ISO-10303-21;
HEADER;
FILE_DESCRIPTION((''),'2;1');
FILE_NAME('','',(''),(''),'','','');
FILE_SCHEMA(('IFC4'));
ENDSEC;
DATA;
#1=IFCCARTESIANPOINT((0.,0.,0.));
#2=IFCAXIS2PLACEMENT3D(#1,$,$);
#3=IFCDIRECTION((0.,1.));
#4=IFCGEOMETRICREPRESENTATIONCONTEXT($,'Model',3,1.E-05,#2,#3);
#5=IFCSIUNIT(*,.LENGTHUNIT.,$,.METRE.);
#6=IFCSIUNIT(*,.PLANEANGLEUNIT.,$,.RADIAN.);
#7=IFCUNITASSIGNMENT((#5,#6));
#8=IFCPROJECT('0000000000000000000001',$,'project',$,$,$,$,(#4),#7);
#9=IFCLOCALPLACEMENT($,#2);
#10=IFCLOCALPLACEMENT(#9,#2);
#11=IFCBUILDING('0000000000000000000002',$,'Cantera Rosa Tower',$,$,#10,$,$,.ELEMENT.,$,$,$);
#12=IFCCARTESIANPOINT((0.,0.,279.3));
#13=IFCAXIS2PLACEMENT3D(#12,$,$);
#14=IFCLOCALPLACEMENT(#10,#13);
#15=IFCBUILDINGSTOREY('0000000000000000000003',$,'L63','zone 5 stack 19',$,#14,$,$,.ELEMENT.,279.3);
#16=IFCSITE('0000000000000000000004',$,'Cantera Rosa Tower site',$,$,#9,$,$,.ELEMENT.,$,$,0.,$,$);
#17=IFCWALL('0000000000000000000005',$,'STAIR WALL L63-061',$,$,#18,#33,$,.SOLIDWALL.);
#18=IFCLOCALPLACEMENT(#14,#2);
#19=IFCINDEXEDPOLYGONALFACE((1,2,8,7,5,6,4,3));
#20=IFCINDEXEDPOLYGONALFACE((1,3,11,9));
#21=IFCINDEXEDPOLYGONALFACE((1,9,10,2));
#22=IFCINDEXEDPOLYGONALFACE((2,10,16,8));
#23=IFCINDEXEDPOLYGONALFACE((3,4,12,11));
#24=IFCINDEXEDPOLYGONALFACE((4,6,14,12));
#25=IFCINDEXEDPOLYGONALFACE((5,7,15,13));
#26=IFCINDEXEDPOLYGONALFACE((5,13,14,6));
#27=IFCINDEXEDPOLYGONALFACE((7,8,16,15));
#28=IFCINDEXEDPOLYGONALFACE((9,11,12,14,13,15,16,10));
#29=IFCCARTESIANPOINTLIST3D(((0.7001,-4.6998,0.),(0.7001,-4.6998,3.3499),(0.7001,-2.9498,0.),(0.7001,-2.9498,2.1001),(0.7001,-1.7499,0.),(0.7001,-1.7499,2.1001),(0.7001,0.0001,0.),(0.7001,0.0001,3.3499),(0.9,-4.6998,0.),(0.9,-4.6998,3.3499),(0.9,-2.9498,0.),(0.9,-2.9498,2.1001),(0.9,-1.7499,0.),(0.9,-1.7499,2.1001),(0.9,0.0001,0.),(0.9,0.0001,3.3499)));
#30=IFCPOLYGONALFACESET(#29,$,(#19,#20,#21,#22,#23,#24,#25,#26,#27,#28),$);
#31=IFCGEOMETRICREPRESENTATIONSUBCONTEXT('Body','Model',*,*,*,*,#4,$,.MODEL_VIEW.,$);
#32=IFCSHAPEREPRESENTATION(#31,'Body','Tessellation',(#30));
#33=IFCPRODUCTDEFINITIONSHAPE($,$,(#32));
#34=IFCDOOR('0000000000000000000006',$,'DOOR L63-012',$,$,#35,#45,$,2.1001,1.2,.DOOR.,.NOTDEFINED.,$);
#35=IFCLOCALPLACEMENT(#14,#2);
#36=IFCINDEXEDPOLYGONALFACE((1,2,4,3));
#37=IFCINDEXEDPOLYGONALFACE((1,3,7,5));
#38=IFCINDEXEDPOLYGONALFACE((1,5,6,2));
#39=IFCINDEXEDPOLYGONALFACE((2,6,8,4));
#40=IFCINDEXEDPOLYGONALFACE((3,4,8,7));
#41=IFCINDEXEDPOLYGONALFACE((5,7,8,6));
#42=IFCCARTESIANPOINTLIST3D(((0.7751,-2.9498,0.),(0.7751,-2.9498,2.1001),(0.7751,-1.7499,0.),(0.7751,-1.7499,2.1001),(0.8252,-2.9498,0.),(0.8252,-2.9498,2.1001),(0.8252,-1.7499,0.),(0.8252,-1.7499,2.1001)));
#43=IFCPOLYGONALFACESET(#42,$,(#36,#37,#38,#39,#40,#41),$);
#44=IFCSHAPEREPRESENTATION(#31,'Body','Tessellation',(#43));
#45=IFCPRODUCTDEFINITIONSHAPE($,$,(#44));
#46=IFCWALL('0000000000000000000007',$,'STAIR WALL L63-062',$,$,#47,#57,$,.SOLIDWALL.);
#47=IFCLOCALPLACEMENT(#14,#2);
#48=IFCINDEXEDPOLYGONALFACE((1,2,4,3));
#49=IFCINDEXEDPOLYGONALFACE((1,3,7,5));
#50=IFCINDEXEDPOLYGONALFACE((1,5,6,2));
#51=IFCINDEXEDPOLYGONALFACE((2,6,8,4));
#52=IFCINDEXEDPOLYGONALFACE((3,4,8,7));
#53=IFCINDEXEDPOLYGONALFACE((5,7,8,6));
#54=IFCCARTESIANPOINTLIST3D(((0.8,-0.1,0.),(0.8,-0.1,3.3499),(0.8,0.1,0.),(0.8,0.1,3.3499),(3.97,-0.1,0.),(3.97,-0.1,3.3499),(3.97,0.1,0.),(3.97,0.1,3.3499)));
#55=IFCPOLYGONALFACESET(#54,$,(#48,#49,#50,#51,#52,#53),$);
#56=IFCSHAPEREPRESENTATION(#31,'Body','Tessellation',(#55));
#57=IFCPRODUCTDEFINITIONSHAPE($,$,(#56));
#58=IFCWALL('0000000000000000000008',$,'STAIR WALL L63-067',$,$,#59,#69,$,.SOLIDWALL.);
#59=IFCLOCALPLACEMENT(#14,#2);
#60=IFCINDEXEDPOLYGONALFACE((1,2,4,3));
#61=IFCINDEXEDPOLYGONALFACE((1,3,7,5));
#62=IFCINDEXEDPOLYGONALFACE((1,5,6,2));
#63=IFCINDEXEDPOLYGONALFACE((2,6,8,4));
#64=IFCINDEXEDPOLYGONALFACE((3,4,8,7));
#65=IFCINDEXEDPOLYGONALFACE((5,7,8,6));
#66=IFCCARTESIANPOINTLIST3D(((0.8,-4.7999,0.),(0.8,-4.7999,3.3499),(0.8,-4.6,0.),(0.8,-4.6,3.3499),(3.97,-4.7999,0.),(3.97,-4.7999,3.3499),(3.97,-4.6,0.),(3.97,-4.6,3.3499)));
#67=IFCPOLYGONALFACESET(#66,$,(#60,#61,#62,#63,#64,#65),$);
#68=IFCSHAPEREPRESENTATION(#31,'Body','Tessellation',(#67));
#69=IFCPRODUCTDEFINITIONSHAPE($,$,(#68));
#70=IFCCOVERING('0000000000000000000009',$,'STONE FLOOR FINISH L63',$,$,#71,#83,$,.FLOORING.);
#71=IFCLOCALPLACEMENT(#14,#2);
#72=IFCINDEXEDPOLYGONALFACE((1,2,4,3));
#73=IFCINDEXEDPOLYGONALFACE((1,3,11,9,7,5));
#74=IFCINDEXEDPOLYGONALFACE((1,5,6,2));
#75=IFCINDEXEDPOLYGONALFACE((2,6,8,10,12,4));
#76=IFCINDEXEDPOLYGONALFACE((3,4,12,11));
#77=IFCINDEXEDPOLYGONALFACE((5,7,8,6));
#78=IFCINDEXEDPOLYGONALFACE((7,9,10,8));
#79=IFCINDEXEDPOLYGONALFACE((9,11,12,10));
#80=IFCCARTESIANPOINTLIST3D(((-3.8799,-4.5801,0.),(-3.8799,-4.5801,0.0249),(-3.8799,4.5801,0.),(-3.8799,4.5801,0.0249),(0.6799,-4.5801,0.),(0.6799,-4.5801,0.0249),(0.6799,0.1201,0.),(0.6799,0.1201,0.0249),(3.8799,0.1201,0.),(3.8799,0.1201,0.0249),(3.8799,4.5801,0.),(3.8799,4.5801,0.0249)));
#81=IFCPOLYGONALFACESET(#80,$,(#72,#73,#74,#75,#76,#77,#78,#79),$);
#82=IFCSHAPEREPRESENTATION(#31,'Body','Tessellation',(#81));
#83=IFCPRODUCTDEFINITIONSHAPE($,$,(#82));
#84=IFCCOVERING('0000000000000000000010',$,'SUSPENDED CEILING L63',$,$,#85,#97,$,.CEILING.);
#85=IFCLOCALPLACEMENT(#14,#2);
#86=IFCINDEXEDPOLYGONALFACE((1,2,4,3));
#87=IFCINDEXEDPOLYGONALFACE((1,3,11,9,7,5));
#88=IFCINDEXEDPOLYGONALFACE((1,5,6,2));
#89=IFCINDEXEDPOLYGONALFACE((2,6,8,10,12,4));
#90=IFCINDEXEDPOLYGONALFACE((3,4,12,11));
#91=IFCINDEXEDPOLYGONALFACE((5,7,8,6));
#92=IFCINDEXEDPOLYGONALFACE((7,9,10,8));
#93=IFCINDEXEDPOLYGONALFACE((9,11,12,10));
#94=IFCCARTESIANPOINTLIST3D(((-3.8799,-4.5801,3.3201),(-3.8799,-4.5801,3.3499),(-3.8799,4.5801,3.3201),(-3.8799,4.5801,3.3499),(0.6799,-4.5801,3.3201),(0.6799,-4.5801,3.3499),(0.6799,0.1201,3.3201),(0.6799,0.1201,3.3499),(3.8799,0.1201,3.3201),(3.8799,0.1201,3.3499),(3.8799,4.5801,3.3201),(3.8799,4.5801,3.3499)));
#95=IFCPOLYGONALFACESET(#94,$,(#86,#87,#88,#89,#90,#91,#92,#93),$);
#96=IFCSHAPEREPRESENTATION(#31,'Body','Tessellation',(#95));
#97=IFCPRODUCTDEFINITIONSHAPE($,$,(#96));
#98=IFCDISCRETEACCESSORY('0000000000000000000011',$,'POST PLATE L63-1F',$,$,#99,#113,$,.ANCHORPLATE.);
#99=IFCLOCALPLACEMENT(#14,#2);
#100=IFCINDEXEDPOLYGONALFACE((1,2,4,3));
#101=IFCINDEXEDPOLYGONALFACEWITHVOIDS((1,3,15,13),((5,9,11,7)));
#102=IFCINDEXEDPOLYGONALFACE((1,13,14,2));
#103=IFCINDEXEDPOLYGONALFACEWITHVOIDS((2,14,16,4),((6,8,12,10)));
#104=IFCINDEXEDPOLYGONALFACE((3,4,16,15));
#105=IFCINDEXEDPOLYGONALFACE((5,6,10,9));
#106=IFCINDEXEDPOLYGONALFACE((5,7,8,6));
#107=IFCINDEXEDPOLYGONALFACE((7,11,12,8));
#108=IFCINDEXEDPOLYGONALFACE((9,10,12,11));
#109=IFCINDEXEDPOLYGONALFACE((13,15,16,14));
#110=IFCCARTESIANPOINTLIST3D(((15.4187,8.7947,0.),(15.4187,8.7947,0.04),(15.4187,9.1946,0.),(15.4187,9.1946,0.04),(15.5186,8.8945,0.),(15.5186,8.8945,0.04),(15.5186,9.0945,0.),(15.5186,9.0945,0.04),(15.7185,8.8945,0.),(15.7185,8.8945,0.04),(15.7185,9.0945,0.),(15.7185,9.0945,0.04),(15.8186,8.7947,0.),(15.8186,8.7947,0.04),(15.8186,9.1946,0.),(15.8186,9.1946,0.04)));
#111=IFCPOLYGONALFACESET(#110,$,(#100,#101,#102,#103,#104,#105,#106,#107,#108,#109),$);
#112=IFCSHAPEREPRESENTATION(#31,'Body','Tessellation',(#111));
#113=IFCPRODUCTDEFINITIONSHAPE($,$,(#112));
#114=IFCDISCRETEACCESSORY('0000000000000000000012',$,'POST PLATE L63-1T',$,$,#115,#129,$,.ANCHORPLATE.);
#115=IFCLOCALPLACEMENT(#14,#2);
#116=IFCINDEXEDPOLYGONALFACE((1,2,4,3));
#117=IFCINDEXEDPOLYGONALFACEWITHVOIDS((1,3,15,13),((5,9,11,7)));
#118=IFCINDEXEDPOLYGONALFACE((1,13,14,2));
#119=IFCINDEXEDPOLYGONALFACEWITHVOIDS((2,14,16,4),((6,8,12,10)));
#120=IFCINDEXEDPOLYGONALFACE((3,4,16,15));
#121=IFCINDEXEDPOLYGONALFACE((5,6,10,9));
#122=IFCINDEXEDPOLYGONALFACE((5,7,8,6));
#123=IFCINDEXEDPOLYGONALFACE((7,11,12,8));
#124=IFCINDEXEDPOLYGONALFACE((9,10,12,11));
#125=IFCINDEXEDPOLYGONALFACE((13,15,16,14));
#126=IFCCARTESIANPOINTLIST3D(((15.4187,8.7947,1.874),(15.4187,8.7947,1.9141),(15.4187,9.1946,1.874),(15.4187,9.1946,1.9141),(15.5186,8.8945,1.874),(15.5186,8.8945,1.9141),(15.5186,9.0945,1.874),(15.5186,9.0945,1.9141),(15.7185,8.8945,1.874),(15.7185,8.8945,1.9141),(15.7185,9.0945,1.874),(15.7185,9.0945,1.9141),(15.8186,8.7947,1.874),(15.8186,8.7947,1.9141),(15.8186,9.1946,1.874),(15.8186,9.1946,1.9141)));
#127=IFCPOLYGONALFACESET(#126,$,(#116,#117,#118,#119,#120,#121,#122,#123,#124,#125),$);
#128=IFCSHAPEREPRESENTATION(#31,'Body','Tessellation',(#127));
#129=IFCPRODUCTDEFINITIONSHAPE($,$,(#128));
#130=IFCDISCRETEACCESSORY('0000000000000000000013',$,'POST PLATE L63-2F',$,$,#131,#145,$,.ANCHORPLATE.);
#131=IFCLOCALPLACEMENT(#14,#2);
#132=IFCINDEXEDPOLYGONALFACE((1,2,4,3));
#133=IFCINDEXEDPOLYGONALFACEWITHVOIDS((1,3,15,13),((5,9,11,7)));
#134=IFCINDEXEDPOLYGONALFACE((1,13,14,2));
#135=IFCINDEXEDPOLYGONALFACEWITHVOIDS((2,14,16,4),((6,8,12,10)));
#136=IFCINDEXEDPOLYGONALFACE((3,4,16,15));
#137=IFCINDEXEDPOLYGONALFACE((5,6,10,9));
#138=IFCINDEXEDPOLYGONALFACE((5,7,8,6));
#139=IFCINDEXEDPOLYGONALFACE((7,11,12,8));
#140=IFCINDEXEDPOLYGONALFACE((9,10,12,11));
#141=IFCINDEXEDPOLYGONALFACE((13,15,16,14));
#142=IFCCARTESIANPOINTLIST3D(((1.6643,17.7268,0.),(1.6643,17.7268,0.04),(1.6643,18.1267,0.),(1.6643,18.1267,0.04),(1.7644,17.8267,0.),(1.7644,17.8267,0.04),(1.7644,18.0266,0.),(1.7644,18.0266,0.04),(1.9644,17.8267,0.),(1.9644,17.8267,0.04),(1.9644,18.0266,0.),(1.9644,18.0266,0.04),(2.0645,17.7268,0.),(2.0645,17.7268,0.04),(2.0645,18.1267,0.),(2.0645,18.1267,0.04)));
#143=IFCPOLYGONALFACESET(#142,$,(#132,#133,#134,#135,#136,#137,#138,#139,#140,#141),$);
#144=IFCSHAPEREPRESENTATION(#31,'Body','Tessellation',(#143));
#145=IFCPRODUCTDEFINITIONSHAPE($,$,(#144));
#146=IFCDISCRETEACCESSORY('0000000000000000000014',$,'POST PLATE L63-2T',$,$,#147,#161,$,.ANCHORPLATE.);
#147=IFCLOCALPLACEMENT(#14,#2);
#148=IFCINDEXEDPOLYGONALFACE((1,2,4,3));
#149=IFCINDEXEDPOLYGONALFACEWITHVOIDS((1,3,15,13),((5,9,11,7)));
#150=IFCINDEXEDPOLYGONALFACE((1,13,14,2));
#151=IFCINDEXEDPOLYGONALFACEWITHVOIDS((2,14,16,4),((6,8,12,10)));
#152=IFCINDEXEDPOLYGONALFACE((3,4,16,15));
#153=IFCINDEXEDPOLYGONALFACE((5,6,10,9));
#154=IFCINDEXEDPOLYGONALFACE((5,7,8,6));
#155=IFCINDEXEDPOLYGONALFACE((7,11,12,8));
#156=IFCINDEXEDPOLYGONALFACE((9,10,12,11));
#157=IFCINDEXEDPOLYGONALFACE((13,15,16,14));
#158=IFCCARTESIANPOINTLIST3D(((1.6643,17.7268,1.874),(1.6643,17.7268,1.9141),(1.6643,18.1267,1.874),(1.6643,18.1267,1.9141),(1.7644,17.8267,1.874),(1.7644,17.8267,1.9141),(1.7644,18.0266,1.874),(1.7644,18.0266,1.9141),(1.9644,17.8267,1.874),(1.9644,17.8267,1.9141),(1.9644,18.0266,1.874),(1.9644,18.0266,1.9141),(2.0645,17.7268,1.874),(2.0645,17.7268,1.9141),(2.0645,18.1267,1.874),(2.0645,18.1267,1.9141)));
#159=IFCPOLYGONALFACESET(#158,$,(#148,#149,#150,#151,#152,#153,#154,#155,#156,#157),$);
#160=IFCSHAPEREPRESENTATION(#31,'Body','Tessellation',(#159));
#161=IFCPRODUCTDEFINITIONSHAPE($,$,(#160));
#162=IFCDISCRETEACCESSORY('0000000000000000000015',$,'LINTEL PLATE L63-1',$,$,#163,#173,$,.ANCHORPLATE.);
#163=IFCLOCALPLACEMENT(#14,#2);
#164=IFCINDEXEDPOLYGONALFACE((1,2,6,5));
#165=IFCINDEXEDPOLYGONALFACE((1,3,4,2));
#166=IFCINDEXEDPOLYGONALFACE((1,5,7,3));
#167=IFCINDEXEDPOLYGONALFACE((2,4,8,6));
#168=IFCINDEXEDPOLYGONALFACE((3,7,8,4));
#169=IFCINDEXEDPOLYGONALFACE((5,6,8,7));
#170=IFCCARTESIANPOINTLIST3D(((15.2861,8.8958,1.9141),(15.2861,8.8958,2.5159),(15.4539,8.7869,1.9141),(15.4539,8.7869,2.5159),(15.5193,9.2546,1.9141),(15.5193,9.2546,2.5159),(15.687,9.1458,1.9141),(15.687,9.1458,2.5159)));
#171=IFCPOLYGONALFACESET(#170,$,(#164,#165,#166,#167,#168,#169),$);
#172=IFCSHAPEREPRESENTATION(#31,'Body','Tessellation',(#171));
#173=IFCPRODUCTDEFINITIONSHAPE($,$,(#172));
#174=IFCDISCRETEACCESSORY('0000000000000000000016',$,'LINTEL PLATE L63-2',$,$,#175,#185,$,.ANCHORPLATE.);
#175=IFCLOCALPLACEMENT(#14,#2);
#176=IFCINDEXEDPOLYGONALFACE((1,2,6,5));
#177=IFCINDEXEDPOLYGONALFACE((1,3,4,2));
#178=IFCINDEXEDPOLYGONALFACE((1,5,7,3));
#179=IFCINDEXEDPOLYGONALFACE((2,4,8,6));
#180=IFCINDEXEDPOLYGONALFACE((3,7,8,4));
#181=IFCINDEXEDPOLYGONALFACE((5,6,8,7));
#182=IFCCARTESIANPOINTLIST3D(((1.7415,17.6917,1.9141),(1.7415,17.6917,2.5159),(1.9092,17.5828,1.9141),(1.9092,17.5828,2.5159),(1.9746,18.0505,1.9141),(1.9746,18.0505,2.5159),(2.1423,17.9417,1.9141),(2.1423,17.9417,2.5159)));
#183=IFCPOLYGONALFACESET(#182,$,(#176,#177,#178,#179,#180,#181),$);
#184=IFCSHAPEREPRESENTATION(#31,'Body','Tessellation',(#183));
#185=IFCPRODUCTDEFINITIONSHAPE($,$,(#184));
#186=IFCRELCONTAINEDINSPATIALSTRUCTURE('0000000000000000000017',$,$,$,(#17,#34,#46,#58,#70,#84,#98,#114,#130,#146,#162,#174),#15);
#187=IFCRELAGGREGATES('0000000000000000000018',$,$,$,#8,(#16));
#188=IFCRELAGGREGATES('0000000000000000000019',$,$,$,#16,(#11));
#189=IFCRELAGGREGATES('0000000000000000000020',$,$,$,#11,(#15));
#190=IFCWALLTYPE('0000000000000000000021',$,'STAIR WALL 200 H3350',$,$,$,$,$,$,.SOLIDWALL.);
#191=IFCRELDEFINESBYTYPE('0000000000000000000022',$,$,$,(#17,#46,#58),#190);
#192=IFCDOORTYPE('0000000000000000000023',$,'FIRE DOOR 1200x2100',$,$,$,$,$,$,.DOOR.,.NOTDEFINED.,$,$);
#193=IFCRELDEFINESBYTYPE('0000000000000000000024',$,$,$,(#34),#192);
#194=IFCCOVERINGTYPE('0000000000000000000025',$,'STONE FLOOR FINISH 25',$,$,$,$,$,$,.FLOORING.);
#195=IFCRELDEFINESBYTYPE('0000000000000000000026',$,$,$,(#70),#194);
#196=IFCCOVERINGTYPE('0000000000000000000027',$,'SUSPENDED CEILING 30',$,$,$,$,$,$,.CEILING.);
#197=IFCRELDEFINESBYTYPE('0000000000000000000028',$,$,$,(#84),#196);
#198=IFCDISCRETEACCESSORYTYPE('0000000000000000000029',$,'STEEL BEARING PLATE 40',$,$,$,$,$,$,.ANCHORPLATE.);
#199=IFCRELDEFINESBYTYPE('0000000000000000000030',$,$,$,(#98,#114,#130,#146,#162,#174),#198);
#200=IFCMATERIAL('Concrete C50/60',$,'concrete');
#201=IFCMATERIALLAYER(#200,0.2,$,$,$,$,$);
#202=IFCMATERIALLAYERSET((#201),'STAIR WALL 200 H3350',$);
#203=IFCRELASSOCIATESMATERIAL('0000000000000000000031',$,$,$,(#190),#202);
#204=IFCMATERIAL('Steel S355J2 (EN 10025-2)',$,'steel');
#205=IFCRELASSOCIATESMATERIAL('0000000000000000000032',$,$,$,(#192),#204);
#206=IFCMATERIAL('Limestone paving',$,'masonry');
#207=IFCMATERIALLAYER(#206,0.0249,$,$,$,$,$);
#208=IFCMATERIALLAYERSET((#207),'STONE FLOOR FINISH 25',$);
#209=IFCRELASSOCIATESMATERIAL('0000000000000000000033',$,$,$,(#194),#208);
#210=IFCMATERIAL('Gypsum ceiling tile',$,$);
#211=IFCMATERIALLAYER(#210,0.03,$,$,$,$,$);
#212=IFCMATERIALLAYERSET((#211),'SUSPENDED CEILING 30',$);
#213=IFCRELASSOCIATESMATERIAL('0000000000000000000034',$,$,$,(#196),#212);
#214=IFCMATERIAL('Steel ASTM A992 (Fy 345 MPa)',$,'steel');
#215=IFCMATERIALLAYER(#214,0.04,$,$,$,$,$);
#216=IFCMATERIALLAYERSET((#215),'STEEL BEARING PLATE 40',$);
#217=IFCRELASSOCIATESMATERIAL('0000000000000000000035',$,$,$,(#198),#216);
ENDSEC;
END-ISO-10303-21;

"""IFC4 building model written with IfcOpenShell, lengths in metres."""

from ifc_helpers import new_model, si_unit, direction, frame, frame_2d, origin, place, context, subcontext, project, spatial, polyline, rectangle, outline, extrude, material, layer, layer_set, type_object, element, fill, save


model = new_model("IFC4")

# Units and contexts
model_context = context("Model", 3, precision=1e-05, world=origin(), true_north=direction((0.0, 1.0)))
body_context = subcontext(model_context, "Body", "Model", "MODEL_VIEW")
ifc_project = project(units=[si_unit("LENGTHUNIT", "METRE"), si_unit("PLANEANGLEUNIT", "RADIAN")], contexts=[model_context])

# Site, building, storey
site_placement = place(None, origin())
site = spatial("IfcSite", under=ifc_project, at=site_placement, Name="Cantera Rosa Tower site", CompositionType="ELEMENT", RefElevation=0.0)
building_placement = place(site_placement, origin())
building = spatial("IfcBuilding", under=site, at=building_placement, Name="Cantera Rosa Tower", CompositionType="ELEMENT")
storey_placement = place(building_placement, frame((0.0, 0.0, 279.3)))
storey = spatial("IfcBuildingStorey", under=building, at=storey_placement, Name="L63", Description="zone 5 stack 19", CompositionType="ELEMENT", Elevation=279.3)

# Wall, opening, door
ifc_material_1 = material(Name="Concrete C50/60", Category="concrete")
ifc_layer_1 = layer(ifc_material_1, 0.2)
ifc_layer_set_1 = layer_set([ifc_layer_1], Name="STAIR WALL 200 H3350")
wall_type_1 = type_object("IfcWallType", Name="STAIR WALL 200 H3350", PredefinedType="SOLIDWALL", material=ifc_layer_set_1)
wall_1_placement = place(storey_placement, frame((0.8, -4.7, 0.0), z_axis=(0.0, 0.0, 1.0), x_axis=(0.0, 1.0, 0.0)))
wall_1 = element("IfcWall", 1, at=wall_1_placement, inside=storey, type_object=wall_type_1, Name="STAIR WALL L63-061", PredefinedType="SOLIDWALL", context=body_context, shape_type="SweptSolid", body=[
    extrude(rectangle(XDim=4.7, YDim=0.2, at=frame_2d((2.3501, 0.0))), origin(), (0.0, 0.0, 1.0), 3.3499),
])
opening_1_placement = place(wall_1_placement, frame((1.75, 0.0, 0.0)))
opening_1 = element("IfcOpeningElement", 2, at=opening_1_placement, cuts=wall_1, PredefinedType="OPENING", context=body_context, shape_type="SweptSolid", body=[
    extrude(rectangle(XDim=1.2, YDim=2.1001, at=frame_2d((0.6001, 1.05))), frame((0.0, 0.1099, 0.0), z_axis=(0.0, -1.0, 0.0), x_axis=(1.0, 0.0, 0.0)), (0.0, 0.0, 1.0), 0.22),
])
ifc_material_2 = material(Name="Steel S355J2 (EN 10025-2)", Category="steel")
door_type_1 = type_object("IfcDoorType", Name="FIRE DOOR 1200x2100", OperationType="NOTDEFINED", PredefinedType="DOOR", material=ifc_material_2)
door_1_placement = place(opening_1_placement, origin())
door_1 = element("IfcDoor", 3, at=door_1_placement, inside=storey, type_object=door_type_1, Name="DOOR L63-012", OperationType="NOTDEFINED", OverallHeight=2.1001, OverallWidth=1.2, PredefinedType="DOOR", context=body_context, shape_type="SweptSolid", body=[
    extrude(rectangle(XDim=1.2, YDim=2.1001, at=frame_2d((0.6001, 1.05))), frame((0.0, 0.0249, 0.0), z_axis=(0.0, -1.0, 0.0), x_axis=(1.0, 0.0, 0.0)), (0.0, 0.0, 1.0), 0.05),
])
fill(opening_1, door_1)

# Walls
for number, where, z_axis, x_axis, name in (
    (4, (0.8, 0.0, 0.0), (0.0, 0.0, 1.0), (1.0, 0.0, 0.0), "STAIR WALL L63-062"),
    (5, (3.97, -4.7, 0.0), (0.0, 0.0, 1.0), (-1.0, 0.0, 0.0), "STAIR WALL L63-067"),
):
    element("IfcWall", number, at=place(storey_placement, frame(where, z_axis=z_axis, x_axis=x_axis)), inside=storey, type_object=wall_type_1, Name=name, PredefinedType="SOLIDWALL", context=body_context, shape_type="SweptSolid", body=[
        extrude(rectangle(XDim=3.1699, YDim=0.2, at=frame_2d((1.585, 0.0))), origin(), (0.0, 0.0, 1.0), 3.3499),
    ])

# Coverings
ifc_material_3 = material(Name="Limestone paving", Category="masonry")
ifc_layer_2 = layer(ifc_material_3, 0.0249)
ifc_layer_set_2 = layer_set([ifc_layer_2], Name="STONE FLOOR FINISH 25")
covering_type_1 = type_object("IfcCoveringType", Name="STONE FLOOR FINISH 25", PredefinedType="FLOORING", material=ifc_layer_set_2)
covering_1_placement = place(storey_placement, origin())
element("IfcCovering", 6, at=covering_1_placement, inside=storey, type_object=covering_type_1, Name="STONE FLOOR FINISH L63", PredefinedType="FLOORING", context=body_context, shape_type="SweptSolid", body=[
    extrude(outline(polyline([(3.8799, 4.5801), (3.8799, 0.1201), (0.6799, 0.1201), (0.6799, -4.5801), (-3.8799, -4.5801), (-3.8799, 4.5801), (3.8799, 4.5801)])), origin(), (0.0, 0.0, 1.0), 0.0249),
])
ifc_material_4 = material(Name="Gypsum ceiling tile")
ifc_layer_3 = layer(ifc_material_4, 0.03)
ifc_layer_set_3 = layer_set([ifc_layer_3], Name="SUSPENDED CEILING 30")
covering_type_2 = type_object("IfcCoveringType", Name="SUSPENDED CEILING 30", PredefinedType="CEILING", material=ifc_layer_set_3)
covering_2_placement = place(storey_placement, frame((0.0, 0.0, 3.3201)))
element("IfcCovering", 7, at=covering_2_placement, inside=storey, type_object=covering_type_2, Name="SUSPENDED CEILING L63", PredefinedType="CEILING", context=body_context, shape_type="SweptSolid", body=[
    extrude(outline(polyline([(3.8799, 4.5801), (3.8799, 0.1201), (0.6799, 0.1201), (0.6799, -4.5801), (-3.8799, -4.5801), (-3.8799, 4.5801), (3.8799, 4.5801)])), origin(), (0.0, 0.0, 1.0), 0.0298),
])

# Discrete accessories
ifc_material_5 = material(Name="Steel ASTM A992 (Fy 345 MPa)", Category="steel")
ifc_layer_4 = layer(ifc_material_5, 0.04)
ifc_layer_set_4 = layer_set([ifc_layer_4], Name="STEEL BEARING PLATE 40")
discrete_accessory_type = type_object("IfcDiscreteAccessoryType", Name="STEEL BEARING PLATE 40", PredefinedType="ANCHORPLATE", material=ifc_layer_set_4)
for number, where, name in (
    (8, (0.0, 0.0, 0.0), "POST PLATE L63-1F"),
    (9, (0.0, 0.0, 1.874), "POST PLATE L63-1T"),
):
    element("IfcDiscreteAccessory", number, at=place(storey_placement, frame(where)), inside=storey, type_object=discrete_accessory_type, Name=name, PredefinedType="ANCHORPLATE", context=body_context, shape_type="SweptSolid", body=[
        extrude(outline(polyline([(15.4187, 8.7947), (15.8186, 8.7947), (15.8186, 9.1946), (15.4187, 9.1946), (15.4187, 8.7947)]), holes=[polyline([(15.5186, 8.8945), (15.7185, 8.8945), (15.7185, 9.0945), (15.5186, 9.0945), (15.5186, 8.8945)])]), origin(), (0.0, 0.0, 1.0), 0.04),
    ])
for number, where, name in (
    (10, (0.0, 0.0, 0.0), "POST PLATE L63-2F"),
    (11, (0.0, 0.0, 1.874), "POST PLATE L63-2T"),
):
    element("IfcDiscreteAccessory", number, at=place(storey_placement, frame(where)), inside=storey, type_object=discrete_accessory_type, Name=name, PredefinedType="ANCHORPLATE", context=body_context, shape_type="SweptSolid", body=[
        extrude(outline(polyline([(1.6643, 17.7268), (2.0645, 17.7268), (2.0645, 18.1267), (1.6643, 18.1267), (1.6643, 17.7268)]), holes=[polyline([(1.7644, 17.8267), (1.9644, 17.8267), (1.9644, 18.0266), (1.7644, 18.0266), (1.7644, 17.8267)])]), origin(), (0.0, 0.0, 1.0), 0.04),
    ])
discrete_accessory_1_placement = place(storey_placement, frame((0.0, 0.0, 1.9141)))
element("IfcDiscreteAccessory", 12, at=discrete_accessory_1_placement, inside=storey, type_object=discrete_accessory_type, Name="LINTEL PLATE L63-1", PredefinedType="ANCHORPLATE", context=body_context, shape_type="SweptSolid", body=[
    extrude(outline(polyline([(15.2861, 8.8958), (15.4539, 8.7869), (15.687, 9.1458), (15.5193, 9.2546), (15.2861, 8.8958)])), origin(), (0.0, 0.0, 1.0), 0.6018),
])
discrete_accessory_2_placement = place(storey_placement, frame((0.0, 0.0, 1.9141)))
element("IfcDiscreteAccessory", 13, at=discrete_accessory_2_placement, inside=storey, type_object=discrete_accessory_type, Name="LINTEL PLATE L63-2", PredefinedType="ANCHORPLATE", context=body_context, shape_type="SweptSolid", body=[
    extrude(outline(polyline([(2.1423, 17.9417), (1.9746, 18.0505), (1.7415, 17.6917), (1.9092, 17.5828), (2.1423, 17.9417)])), origin(), (0.0, 0.0, 1.0), 0.6018),
])

save(model, "model.ifc")
